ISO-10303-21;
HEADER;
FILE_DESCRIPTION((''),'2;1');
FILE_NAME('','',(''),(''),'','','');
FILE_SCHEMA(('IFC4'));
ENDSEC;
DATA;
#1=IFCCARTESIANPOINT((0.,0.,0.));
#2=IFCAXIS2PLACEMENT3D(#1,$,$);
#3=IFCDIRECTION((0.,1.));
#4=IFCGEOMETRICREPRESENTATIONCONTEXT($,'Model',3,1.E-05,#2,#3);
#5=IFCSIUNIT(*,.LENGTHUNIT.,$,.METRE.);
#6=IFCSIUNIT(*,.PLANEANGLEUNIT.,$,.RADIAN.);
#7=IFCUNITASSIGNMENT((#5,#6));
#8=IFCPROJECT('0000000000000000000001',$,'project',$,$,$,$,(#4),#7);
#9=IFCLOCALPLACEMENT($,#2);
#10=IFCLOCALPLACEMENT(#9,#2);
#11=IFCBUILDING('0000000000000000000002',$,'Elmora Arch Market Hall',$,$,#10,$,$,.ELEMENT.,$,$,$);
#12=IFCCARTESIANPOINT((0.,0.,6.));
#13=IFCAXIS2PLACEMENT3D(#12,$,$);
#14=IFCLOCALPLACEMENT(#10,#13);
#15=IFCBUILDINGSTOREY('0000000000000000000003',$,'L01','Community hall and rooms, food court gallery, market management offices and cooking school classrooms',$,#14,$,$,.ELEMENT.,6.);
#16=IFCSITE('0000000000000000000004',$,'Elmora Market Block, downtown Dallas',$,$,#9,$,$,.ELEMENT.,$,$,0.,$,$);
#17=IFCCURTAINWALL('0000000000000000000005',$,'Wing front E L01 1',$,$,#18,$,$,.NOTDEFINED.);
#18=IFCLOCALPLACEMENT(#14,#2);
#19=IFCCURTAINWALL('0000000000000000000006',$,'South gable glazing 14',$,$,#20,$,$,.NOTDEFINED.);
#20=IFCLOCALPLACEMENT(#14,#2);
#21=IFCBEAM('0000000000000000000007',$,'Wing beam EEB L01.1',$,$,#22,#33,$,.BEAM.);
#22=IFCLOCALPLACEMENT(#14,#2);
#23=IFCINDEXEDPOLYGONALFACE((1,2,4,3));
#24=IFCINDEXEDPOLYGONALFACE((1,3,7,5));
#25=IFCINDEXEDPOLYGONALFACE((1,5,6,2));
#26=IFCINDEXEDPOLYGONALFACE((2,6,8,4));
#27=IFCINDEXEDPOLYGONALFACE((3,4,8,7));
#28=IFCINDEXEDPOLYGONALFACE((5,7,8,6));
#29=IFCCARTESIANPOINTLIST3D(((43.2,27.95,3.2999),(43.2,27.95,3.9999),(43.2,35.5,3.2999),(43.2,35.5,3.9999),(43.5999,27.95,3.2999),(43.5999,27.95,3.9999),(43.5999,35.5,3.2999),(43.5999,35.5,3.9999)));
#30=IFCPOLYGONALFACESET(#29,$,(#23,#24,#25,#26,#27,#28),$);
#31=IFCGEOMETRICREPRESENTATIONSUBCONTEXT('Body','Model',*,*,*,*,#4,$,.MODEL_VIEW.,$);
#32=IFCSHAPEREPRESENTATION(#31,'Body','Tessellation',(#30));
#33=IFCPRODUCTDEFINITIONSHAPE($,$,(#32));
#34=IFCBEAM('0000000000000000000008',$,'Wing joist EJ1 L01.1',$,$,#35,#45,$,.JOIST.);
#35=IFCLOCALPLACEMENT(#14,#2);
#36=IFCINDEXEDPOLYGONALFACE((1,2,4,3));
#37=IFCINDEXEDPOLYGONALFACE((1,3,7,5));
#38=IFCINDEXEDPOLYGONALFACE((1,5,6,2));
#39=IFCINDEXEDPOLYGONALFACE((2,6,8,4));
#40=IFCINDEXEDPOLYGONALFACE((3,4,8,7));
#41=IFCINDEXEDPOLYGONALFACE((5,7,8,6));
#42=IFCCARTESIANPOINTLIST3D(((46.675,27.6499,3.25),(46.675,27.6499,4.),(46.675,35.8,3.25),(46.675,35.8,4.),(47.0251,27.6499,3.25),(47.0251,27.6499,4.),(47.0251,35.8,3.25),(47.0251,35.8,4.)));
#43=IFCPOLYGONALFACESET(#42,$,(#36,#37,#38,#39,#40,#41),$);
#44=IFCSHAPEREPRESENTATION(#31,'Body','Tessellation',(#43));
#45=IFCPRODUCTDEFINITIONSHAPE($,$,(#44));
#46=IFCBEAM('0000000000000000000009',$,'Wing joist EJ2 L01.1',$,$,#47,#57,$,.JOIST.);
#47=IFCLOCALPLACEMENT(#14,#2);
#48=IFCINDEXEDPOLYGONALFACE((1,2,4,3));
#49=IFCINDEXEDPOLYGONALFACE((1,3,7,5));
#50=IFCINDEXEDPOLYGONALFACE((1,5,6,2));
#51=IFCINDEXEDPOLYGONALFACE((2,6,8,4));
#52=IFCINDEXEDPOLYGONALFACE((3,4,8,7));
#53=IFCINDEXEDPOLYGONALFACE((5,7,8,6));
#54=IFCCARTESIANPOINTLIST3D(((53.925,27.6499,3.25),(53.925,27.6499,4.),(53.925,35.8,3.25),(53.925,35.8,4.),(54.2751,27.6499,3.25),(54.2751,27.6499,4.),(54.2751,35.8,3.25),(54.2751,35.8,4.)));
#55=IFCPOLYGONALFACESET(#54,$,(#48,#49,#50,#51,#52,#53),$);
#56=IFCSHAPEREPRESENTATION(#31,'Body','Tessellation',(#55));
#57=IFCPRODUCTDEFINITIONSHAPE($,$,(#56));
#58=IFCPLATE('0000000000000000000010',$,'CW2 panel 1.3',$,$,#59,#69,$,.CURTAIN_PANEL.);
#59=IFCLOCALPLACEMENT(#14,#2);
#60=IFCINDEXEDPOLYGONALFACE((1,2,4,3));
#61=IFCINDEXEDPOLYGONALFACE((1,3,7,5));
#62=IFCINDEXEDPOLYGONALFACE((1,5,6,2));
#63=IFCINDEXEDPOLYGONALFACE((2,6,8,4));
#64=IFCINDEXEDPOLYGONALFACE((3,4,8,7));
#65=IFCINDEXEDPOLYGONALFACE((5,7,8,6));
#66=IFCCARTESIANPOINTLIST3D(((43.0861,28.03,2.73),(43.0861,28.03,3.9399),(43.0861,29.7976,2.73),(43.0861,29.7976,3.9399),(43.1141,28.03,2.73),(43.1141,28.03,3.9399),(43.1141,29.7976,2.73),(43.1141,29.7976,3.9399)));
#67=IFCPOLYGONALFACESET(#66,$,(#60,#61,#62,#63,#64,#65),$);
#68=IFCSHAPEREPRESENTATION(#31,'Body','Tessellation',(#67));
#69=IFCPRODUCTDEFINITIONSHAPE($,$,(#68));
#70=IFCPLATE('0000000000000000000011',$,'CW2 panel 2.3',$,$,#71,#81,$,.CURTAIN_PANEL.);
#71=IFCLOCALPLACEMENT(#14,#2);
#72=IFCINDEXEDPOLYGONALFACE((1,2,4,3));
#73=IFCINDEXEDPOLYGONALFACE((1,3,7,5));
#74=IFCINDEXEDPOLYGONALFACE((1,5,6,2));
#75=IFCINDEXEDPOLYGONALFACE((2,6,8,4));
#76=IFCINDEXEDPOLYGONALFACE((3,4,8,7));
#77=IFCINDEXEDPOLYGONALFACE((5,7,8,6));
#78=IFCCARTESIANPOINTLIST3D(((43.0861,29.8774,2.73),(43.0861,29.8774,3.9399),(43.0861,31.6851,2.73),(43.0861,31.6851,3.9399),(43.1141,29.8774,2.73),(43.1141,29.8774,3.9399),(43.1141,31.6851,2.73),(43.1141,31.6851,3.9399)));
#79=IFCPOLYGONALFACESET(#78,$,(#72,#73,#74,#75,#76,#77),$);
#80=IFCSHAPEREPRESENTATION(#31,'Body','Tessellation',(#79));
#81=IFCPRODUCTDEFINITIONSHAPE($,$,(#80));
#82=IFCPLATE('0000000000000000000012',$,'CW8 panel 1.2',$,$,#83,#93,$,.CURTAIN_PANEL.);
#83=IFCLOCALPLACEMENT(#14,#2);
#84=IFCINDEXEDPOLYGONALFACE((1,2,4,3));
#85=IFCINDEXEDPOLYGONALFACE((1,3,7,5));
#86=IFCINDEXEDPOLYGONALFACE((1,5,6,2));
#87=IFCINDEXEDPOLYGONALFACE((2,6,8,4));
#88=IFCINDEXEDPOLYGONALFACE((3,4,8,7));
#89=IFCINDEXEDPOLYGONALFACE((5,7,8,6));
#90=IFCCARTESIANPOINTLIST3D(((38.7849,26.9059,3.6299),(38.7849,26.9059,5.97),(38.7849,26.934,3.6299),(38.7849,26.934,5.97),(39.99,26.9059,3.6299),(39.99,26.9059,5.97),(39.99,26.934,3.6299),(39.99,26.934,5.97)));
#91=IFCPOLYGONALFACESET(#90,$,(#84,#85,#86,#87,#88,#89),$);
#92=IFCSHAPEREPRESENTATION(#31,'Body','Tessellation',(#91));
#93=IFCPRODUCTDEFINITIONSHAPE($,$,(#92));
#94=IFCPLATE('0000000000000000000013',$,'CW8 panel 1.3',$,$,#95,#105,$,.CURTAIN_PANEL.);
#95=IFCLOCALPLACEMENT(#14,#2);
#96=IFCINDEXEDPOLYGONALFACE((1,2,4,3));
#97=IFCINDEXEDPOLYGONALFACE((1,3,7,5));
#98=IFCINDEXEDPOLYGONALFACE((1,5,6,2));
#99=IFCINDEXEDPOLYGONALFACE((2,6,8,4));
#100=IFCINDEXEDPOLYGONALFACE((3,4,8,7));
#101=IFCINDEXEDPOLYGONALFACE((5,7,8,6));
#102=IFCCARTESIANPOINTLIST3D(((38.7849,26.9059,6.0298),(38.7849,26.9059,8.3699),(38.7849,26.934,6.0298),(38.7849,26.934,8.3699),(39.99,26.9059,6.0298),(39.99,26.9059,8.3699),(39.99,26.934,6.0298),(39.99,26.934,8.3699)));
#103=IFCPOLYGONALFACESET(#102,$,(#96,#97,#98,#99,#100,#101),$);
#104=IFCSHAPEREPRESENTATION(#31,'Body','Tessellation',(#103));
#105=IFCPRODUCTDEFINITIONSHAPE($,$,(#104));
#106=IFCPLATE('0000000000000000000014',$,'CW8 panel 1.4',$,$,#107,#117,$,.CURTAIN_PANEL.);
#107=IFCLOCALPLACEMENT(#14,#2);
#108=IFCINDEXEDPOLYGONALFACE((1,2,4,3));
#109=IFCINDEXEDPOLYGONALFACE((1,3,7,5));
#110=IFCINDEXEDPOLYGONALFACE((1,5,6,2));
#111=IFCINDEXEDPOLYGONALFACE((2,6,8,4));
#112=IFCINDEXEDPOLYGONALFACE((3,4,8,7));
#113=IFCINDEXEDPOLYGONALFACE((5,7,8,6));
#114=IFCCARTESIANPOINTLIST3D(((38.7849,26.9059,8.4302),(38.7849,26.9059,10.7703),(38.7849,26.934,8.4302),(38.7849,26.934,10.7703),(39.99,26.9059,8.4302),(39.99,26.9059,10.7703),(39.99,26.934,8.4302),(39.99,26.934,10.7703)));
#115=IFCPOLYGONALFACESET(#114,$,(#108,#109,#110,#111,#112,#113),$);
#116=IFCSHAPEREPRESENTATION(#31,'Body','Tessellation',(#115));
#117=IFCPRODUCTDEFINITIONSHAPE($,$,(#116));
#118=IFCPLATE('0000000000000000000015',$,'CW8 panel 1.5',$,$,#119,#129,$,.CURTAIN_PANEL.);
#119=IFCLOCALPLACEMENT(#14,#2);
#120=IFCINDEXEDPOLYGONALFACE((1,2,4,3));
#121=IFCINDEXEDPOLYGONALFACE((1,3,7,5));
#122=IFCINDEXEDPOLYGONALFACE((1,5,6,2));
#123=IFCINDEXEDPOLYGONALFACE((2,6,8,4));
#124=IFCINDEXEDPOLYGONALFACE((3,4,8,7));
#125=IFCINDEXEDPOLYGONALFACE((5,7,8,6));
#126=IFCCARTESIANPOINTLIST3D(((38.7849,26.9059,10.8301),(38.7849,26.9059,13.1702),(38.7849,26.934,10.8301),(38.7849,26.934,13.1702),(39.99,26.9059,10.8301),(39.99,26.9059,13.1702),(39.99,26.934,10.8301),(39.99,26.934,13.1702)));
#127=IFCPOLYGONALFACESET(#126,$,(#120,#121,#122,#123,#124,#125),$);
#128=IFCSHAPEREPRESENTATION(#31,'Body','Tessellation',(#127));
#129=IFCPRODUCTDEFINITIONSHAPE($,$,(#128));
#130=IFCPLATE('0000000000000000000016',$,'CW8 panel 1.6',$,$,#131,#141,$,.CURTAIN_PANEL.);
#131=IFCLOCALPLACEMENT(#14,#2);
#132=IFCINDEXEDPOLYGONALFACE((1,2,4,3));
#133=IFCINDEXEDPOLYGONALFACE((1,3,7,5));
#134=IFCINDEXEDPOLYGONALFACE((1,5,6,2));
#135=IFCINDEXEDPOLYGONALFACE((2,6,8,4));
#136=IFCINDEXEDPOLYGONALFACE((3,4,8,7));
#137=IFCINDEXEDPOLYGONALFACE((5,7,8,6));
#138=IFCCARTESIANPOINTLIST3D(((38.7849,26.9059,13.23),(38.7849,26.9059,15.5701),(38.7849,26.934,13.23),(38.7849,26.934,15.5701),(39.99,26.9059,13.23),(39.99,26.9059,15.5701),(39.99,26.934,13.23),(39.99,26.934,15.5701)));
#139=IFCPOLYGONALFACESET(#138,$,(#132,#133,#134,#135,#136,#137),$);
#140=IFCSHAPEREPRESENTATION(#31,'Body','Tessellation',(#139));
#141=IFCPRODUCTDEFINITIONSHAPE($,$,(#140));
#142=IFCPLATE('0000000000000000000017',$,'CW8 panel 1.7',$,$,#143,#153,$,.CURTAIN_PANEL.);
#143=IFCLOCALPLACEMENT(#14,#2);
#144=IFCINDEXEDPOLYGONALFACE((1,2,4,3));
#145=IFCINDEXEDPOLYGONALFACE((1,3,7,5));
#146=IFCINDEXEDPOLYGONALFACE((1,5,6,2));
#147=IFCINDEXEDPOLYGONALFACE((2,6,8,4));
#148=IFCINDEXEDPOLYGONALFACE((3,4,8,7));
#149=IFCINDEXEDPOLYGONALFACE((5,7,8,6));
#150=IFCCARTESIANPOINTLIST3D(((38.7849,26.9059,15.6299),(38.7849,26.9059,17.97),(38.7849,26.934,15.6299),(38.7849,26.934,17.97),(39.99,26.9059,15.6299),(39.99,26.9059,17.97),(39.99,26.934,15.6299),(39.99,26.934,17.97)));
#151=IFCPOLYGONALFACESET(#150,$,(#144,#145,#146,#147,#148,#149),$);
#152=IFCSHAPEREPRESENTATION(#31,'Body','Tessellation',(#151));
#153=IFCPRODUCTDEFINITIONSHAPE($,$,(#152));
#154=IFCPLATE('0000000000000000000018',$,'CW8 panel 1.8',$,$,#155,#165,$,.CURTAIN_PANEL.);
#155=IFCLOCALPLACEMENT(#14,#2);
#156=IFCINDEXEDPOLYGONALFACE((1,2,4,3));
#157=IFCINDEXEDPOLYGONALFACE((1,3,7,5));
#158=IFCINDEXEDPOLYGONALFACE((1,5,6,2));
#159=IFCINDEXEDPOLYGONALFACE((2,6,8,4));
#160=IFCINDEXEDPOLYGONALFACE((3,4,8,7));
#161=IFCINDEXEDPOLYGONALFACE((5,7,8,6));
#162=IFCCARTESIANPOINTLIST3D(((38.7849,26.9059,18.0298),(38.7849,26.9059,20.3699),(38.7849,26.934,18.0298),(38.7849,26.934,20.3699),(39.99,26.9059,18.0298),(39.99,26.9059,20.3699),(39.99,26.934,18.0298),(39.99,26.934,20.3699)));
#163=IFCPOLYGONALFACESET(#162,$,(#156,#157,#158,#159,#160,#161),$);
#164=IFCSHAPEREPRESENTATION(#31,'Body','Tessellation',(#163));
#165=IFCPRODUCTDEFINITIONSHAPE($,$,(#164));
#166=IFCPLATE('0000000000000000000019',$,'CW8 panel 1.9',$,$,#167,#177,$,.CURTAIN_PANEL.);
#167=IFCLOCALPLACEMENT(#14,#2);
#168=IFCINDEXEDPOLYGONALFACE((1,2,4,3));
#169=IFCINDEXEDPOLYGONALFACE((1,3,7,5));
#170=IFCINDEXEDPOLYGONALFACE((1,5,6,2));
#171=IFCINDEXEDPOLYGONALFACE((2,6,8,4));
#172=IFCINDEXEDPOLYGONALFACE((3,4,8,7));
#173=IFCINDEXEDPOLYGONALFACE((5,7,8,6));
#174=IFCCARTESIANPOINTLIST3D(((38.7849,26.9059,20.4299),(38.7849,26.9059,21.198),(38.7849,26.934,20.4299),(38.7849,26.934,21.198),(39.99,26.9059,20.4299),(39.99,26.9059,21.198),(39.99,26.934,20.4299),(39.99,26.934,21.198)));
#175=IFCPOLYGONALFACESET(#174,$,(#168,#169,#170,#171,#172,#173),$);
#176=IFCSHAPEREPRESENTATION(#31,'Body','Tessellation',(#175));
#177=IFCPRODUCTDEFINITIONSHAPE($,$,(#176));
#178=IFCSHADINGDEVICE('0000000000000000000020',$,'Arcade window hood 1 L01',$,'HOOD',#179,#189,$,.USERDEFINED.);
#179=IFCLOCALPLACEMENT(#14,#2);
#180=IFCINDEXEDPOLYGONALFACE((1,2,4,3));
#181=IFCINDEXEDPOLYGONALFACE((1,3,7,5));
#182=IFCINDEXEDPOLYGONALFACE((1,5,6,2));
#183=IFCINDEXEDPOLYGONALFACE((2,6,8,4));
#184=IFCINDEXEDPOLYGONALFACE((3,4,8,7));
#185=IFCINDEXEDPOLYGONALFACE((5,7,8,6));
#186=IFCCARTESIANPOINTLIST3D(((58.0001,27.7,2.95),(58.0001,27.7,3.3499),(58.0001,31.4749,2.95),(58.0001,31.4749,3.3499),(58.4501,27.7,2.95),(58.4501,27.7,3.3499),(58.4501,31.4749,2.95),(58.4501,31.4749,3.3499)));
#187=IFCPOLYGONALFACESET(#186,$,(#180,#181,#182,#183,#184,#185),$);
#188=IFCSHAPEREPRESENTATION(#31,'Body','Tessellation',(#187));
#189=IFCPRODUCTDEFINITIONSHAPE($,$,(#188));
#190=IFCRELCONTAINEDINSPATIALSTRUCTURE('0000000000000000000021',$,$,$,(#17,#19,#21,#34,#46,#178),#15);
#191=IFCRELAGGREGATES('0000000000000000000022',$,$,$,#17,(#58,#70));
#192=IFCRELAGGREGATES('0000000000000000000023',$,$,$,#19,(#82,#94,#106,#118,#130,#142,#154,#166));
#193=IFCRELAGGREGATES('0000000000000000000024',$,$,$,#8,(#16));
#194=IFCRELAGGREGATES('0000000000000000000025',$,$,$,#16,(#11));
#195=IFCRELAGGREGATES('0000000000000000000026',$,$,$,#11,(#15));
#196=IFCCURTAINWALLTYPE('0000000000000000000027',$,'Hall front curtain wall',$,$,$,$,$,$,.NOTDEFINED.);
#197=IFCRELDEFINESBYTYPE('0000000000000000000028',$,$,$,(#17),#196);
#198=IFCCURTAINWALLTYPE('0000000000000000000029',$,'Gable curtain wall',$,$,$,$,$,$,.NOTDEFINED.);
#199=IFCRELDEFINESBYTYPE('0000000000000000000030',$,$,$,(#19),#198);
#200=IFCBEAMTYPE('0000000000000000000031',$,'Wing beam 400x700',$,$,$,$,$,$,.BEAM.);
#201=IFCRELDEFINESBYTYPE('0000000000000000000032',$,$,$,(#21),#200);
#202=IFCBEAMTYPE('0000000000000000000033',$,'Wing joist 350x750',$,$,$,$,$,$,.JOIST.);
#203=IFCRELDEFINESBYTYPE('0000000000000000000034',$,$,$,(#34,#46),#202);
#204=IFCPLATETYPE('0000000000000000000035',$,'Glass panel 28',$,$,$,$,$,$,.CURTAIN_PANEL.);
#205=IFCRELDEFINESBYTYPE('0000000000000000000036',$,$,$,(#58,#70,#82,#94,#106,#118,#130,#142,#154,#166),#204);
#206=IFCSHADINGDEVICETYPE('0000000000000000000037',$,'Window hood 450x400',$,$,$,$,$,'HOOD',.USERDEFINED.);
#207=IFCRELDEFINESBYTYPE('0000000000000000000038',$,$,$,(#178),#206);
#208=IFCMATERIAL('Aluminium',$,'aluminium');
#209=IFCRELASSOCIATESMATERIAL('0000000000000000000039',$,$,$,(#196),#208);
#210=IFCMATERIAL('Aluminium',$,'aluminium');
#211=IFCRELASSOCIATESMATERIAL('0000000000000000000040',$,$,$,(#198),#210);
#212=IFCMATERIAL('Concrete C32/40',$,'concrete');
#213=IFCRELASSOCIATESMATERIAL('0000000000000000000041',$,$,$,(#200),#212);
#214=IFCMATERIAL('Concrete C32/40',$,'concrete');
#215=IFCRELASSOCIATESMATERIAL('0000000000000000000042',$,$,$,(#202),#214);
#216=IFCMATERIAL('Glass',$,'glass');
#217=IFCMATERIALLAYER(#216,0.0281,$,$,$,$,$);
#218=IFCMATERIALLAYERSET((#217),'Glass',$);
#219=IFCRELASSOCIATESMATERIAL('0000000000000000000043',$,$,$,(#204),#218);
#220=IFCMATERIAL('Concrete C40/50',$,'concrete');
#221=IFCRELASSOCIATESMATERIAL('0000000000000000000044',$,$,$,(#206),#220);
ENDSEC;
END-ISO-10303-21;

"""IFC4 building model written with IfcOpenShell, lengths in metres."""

from ifc_helpers import new_model, si_unit, direction, frame, origin, origin_2d, place, context, subcontext, project, spatial, rectangle, extrude, material, layer, layer_set, material_profile, profile_set, type_object, element, aggregate, save


model = new_model("IFC4")

# Units and contexts
model_context = context("Model", 3, precision=1e-05, world=origin(), true_north=direction((0.0, 1.0)))
body_context = subcontext(model_context, "Body", "Model", "MODEL_VIEW")
ifc_project = project(units=[si_unit("LENGTHUNIT", "METRE"), si_unit("PLANEANGLEUNIT", "RADIAN")], contexts=[model_context])

# Site, building, storey
site_placement = place(None, origin())
site = spatial("IfcSite", under=ifc_project, at=site_placement, Name="Elmora Market Block, downtown Dallas", CompositionType="ELEMENT", RefElevation=0.0)
building_placement = place(site_placement, origin())
building = spatial("IfcBuilding", under=site, at=building_placement, Name="Elmora Arch Market Hall", CompositionType="ELEMENT")
storey_placement = place(building_placement, frame((0.0, 0.0, 6.0)))
storey = spatial("IfcBuildingStorey", under=building, at=storey_placement, Name="L01", Description="Community hall and rooms, food court gallery, market management offices and cooking school classrooms", CompositionType="ELEMENT", Elevation=6.0)

# Curtain walls
ifc_material_1 = material(Name="Aluminium", Category="aluminium")
curtain_wall_type_1 = type_object("IfcCurtainWallType", Name="Hall front curtain wall", PredefinedType="NOTDEFINED", material=ifc_material_1)
curtain_wall_1_placement = place(storey_placement, origin())
curtain_wall_1 = element("IfcCurtainWall", 1, at=curtain_wall_1_placement, inside=storey, type_object=curtain_wall_type_1, Name="Wing front E L01 1", PredefinedType="NOTDEFINED")
ifc_material_2 = material(Name="Aluminium", Category="aluminium")
curtain_wall_type_2 = type_object("IfcCurtainWallType", Name="Gable curtain wall", PredefinedType="NOTDEFINED", material=ifc_material_2)
curtain_wall_2_placement = place(storey_placement, origin())
curtain_wall_2 = element("IfcCurtainWall", 2, at=curtain_wall_2_placement, inside=storey, type_object=curtain_wall_type_2, Name="South gable glazing 14", PredefinedType="NOTDEFINED")

# Beams
ifc_material_3 = material(Name="Concrete C32/40", Category="concrete")
ifc_material_profile_1 = material_profile(ifc_material_3, rectangle(XDim=0.3999, YDim=0.7, at=origin_2d()), Name="Wing beam 400x700")
ifc_profile_set_1 = profile_set([ifc_material_profile_1], Name="Concrete C32/40")
beam_type_1 = type_object("IfcBeamType", Name="Wing beam 400x700", PredefinedType="BEAM", material=ifc_profile_set_1)
beam_1_placement = place(storey_placement, frame((43.3999, 27.95, 3.6499), z_axis=(0.0, 1.0, 0.0), x_axis=(-1.0, 0.0, 0.0)))
element("IfcBeam", 3, at=beam_1_placement, inside=storey, type_object=beam_type_1, Name="Wing beam EEB L01.1", PredefinedType="BEAM", context=body_context, shape_type="SweptSolid", body=[
    extrude(rectangle(XDim=0.3999, YDim=0.7, at=origin_2d()), origin(), (0.0, 0.0, 1.0), 7.55),
])
ifc_material_4 = material(Name="Concrete C32/40", Category="concrete")
ifc_material_profile_2 = material_profile(ifc_material_4, rectangle(XDim=0.3501, YDim=0.75, at=origin_2d()), Name="Wing joist 350x750")
ifc_profile_set_2 = profile_set([ifc_material_profile_2], Name="Concrete C32/40")
beam_type_2 = type_object("IfcBeamType", Name="Wing joist 350x750", PredefinedType="JOIST", material=ifc_profile_set_2)
for number, where, z_axis, x_axis, name in (
    (4, (46.8501, 27.6499, 3.625), (0.0, 1.0, 0.0), (-1.0, 0.0, 0.0), "Wing joist EJ1 L01.1"),
    (5, (54.1001, 27.6499, 3.625), (0.0, 1.0, 0.0), (-1.0, 0.0, 0.0), "Wing joist EJ2 L01.1"),
):
    element("IfcBeam", number, at=place(storey_placement, frame(where, z_axis=z_axis, x_axis=x_axis)), inside=storey, type_object=beam_type_2, Name=name, PredefinedType="JOIST", context=body_context, shape_type="SweptSolid", body=[
        extrude(rectangle(XDim=0.3501, YDim=0.75, at=origin_2d()), origin(), (0.0, 0.0, 1.0), 8.1501),
    ])

# Plates
ifc_material_5 = material(Name="Glass", Category="glass")
ifc_layer = layer(ifc_material_5, 0.0281)
ifc_layer_set = layer_set([ifc_layer], Name="Glass")
plate_type = type_object("IfcPlateType", Name="Glass panel 28", PredefinedType="CURTAIN_PANEL", material=ifc_layer_set)
plate_1_placement = place(storey_placement, frame((43.1001, 28.9138, 2.73), z_axis=(0.0, 0.0, 1.0), x_axis=(0.0, 1.0, 0.0)))
plate_1 = element("IfcPlate", 6, at=plate_1_placement, type_object=plate_type, Name="CW2 panel 1.3", PredefinedType="CURTAIN_PANEL", context=body_context, shape_type="SweptSolid", body=[
    extrude(rectangle(XDim=1.7676, YDim=0.0281, at=origin_2d()), origin(), (0.0, 0.0, 1.0), 1.21),
])
plate_2_placement = place(storey_placement, frame((43.1001, 30.7812, 2.73), z_axis=(0.0, 0.0, 1.0), x_axis=(0.0, 1.0, 0.0)))
plate_2 = element("IfcPlate", 7, at=plate_2_placement, type_object=plate_type, Name="CW2 panel 2.3", PredefinedType="CURTAIN_PANEL", context=body_context, shape_type="SweptSolid", body=[
    extrude(rectangle(XDim=1.8076, YDim=0.0281, at=origin_2d()), origin(), (0.0, 0.0, 1.0), 1.21),
])
aggregate(curtain_wall_1, [plate_1, plate_2])
plate_3_placement = place(storey_placement, frame((39.3875, 26.9199, 3.6299), z_axis=(0.0, 0.0, 1.0), x_axis=(1.0, 0.0, 0.0)))
plate_3 = element("IfcPlate", 8, at=plate_3_placement, type_object=plate_type, Name="CW8 panel 1.2", PredefinedType="CURTAIN_PANEL", context=body_context, shape_type="SweptSolid", body=[
    extrude(rectangle(XDim=1.2051, YDim=0.0281, at=origin_2d()), origin(), (0.0, 0.0, 1.0), 2.3401),
])
plate_4_placement = place(storey_placement, frame((39.3875, 26.9199, 6.0298), z_axis=(0.0, 0.0, 1.0), x_axis=(1.0, 0.0, 0.0)))
plate_4 = element("IfcPlate", 9, at=plate_4_placement, type_object=plate_type, Name="CW8 panel 1.3", PredefinedType="CURTAIN_PANEL", context=body_context, shape_type="SweptSolid", body=[
    extrude(rectangle(XDim=1.2051, YDim=0.0281, at=origin_2d()), origin(), (0.0, 0.0, 1.0), 2.3401),
])
plate_5_placement = place(storey_placement, frame((39.3875, 26.9199, 8.4302), z_axis=(0.0, 0.0, 1.0), x_axis=(1.0, 0.0, 0.0)))
plate_5 = element("IfcPlate", 10, at=plate_5_placement, type_object=plate_type, Name="CW8 panel 1.4", PredefinedType="CURTAIN_PANEL", context=body_context, shape_type="SweptSolid", body=[
    extrude(rectangle(XDim=1.2051, YDim=0.0281, at=origin_2d()), origin(), (0.0, 0.0, 1.0), 2.3401),
])
plate_6_placement = place(storey_placement, frame((39.3875, 26.9199, 10.8301), z_axis=(0.0, 0.0, 1.0), x_axis=(1.0, 0.0, 0.0)))
plate_6 = element("IfcPlate", 11, at=plate_6_placement, type_object=plate_type, Name="CW8 panel 1.5", PredefinedType="CURTAIN_PANEL", context=body_context, shape_type="SweptSolid", body=[
    extrude(rectangle(XDim=1.2051, YDim=0.0281, at=origin_2d()), origin(), (0.0, 0.0, 1.0), 2.3401),
])
plate_7_placement = place(storey_placement, frame((39.3875, 26.9199, 13.23), z_axis=(0.0, 0.0, 1.0), x_axis=(1.0, 0.0, 0.0)))
plate_7 = element("IfcPlate", 12, at=plate_7_placement, type_object=plate_type, Name="CW8 panel 1.6", PredefinedType="CURTAIN_PANEL", context=body_context, shape_type="SweptSolid", body=[
    extrude(rectangle(XDim=1.2051, YDim=0.0281, at=origin_2d()), origin(), (0.0, 0.0, 1.0), 2.3401),
])
plate_8_placement = place(storey_placement, frame((39.3875, 26.9199, 15.6299), z_axis=(0.0, 0.0, 1.0), x_axis=(1.0, 0.0, 0.0)))
plate_8 = element("IfcPlate", 13, at=plate_8_placement, type_object=plate_type, Name="CW8 panel 1.7", PredefinedType="CURTAIN_PANEL", context=body_context, shape_type="SweptSolid", body=[
    extrude(rectangle(XDim=1.2051, YDim=0.0281, at=origin_2d()), origin(), (0.0, 0.0, 1.0), 2.3401),
])
plate_9_placement = place(storey_placement, frame((39.3875, 26.9199, 18.0298), z_axis=(0.0, 0.0, 1.0), x_axis=(1.0, 0.0, 0.0)))
plate_9 = element("IfcPlate", 14, at=plate_9_placement, type_object=plate_type, Name="CW8 panel 1.8", PredefinedType="CURTAIN_PANEL", context=body_context, shape_type="SweptSolid", body=[
    extrude(rectangle(XDim=1.2051, YDim=0.0281, at=origin_2d()), origin(), (0.0, 0.0, 1.0), 2.3401),
])
plate_10_placement = place(storey_placement, frame((39.3875, 26.9199, 20.4299), z_axis=(0.0, 0.0, 1.0), x_axis=(1.0, 0.0, 0.0)))
plate_10 = element("IfcPlate", 15, at=plate_10_placement, type_object=plate_type, Name="CW8 panel 1.9", PredefinedType="CURTAIN_PANEL", context=body_context, shape_type="SweptSolid", body=[
    extrude(rectangle(XDim=1.2051, YDim=0.0281, at=origin_2d()), origin(), (0.0, 0.0, 1.0), 0.7681),
])
aggregate(curtain_wall_2, [plate_3, plate_4, plate_5, plate_6, plate_7, plate_8, plate_9, plate_10])

# Shading device
ifc_material_6 = material(Name="Concrete C40/50", Category="concrete")
shading_device_type = type_object("IfcShadingDeviceType", Name="Window hood 450x400", ElementType="HOOD", PredefinedType="USERDEFINED", material=ifc_material_6)
shading_device_placement = place(storey_placement, frame((58.2251, 29.5874, 2.95), z_axis=(0.0, 0.0, 1.0), x_axis=(1.0, 0.0, 0.0)))
element("IfcShadingDevice", 16, at=shading_device_placement, inside=storey, type_object=shading_device_type, Name="Arcade window hood 1 L01", ObjectType="HOOD", PredefinedType="USERDEFINED", context=body_context, shape_type="SweptSolid", body=[
    extrude(rectangle(XDim=0.45, YDim=3.7749, at=origin_2d()), origin(), (0.0, 0.0, 1.0), 0.3999),
])

save(model, "model.ifc")
